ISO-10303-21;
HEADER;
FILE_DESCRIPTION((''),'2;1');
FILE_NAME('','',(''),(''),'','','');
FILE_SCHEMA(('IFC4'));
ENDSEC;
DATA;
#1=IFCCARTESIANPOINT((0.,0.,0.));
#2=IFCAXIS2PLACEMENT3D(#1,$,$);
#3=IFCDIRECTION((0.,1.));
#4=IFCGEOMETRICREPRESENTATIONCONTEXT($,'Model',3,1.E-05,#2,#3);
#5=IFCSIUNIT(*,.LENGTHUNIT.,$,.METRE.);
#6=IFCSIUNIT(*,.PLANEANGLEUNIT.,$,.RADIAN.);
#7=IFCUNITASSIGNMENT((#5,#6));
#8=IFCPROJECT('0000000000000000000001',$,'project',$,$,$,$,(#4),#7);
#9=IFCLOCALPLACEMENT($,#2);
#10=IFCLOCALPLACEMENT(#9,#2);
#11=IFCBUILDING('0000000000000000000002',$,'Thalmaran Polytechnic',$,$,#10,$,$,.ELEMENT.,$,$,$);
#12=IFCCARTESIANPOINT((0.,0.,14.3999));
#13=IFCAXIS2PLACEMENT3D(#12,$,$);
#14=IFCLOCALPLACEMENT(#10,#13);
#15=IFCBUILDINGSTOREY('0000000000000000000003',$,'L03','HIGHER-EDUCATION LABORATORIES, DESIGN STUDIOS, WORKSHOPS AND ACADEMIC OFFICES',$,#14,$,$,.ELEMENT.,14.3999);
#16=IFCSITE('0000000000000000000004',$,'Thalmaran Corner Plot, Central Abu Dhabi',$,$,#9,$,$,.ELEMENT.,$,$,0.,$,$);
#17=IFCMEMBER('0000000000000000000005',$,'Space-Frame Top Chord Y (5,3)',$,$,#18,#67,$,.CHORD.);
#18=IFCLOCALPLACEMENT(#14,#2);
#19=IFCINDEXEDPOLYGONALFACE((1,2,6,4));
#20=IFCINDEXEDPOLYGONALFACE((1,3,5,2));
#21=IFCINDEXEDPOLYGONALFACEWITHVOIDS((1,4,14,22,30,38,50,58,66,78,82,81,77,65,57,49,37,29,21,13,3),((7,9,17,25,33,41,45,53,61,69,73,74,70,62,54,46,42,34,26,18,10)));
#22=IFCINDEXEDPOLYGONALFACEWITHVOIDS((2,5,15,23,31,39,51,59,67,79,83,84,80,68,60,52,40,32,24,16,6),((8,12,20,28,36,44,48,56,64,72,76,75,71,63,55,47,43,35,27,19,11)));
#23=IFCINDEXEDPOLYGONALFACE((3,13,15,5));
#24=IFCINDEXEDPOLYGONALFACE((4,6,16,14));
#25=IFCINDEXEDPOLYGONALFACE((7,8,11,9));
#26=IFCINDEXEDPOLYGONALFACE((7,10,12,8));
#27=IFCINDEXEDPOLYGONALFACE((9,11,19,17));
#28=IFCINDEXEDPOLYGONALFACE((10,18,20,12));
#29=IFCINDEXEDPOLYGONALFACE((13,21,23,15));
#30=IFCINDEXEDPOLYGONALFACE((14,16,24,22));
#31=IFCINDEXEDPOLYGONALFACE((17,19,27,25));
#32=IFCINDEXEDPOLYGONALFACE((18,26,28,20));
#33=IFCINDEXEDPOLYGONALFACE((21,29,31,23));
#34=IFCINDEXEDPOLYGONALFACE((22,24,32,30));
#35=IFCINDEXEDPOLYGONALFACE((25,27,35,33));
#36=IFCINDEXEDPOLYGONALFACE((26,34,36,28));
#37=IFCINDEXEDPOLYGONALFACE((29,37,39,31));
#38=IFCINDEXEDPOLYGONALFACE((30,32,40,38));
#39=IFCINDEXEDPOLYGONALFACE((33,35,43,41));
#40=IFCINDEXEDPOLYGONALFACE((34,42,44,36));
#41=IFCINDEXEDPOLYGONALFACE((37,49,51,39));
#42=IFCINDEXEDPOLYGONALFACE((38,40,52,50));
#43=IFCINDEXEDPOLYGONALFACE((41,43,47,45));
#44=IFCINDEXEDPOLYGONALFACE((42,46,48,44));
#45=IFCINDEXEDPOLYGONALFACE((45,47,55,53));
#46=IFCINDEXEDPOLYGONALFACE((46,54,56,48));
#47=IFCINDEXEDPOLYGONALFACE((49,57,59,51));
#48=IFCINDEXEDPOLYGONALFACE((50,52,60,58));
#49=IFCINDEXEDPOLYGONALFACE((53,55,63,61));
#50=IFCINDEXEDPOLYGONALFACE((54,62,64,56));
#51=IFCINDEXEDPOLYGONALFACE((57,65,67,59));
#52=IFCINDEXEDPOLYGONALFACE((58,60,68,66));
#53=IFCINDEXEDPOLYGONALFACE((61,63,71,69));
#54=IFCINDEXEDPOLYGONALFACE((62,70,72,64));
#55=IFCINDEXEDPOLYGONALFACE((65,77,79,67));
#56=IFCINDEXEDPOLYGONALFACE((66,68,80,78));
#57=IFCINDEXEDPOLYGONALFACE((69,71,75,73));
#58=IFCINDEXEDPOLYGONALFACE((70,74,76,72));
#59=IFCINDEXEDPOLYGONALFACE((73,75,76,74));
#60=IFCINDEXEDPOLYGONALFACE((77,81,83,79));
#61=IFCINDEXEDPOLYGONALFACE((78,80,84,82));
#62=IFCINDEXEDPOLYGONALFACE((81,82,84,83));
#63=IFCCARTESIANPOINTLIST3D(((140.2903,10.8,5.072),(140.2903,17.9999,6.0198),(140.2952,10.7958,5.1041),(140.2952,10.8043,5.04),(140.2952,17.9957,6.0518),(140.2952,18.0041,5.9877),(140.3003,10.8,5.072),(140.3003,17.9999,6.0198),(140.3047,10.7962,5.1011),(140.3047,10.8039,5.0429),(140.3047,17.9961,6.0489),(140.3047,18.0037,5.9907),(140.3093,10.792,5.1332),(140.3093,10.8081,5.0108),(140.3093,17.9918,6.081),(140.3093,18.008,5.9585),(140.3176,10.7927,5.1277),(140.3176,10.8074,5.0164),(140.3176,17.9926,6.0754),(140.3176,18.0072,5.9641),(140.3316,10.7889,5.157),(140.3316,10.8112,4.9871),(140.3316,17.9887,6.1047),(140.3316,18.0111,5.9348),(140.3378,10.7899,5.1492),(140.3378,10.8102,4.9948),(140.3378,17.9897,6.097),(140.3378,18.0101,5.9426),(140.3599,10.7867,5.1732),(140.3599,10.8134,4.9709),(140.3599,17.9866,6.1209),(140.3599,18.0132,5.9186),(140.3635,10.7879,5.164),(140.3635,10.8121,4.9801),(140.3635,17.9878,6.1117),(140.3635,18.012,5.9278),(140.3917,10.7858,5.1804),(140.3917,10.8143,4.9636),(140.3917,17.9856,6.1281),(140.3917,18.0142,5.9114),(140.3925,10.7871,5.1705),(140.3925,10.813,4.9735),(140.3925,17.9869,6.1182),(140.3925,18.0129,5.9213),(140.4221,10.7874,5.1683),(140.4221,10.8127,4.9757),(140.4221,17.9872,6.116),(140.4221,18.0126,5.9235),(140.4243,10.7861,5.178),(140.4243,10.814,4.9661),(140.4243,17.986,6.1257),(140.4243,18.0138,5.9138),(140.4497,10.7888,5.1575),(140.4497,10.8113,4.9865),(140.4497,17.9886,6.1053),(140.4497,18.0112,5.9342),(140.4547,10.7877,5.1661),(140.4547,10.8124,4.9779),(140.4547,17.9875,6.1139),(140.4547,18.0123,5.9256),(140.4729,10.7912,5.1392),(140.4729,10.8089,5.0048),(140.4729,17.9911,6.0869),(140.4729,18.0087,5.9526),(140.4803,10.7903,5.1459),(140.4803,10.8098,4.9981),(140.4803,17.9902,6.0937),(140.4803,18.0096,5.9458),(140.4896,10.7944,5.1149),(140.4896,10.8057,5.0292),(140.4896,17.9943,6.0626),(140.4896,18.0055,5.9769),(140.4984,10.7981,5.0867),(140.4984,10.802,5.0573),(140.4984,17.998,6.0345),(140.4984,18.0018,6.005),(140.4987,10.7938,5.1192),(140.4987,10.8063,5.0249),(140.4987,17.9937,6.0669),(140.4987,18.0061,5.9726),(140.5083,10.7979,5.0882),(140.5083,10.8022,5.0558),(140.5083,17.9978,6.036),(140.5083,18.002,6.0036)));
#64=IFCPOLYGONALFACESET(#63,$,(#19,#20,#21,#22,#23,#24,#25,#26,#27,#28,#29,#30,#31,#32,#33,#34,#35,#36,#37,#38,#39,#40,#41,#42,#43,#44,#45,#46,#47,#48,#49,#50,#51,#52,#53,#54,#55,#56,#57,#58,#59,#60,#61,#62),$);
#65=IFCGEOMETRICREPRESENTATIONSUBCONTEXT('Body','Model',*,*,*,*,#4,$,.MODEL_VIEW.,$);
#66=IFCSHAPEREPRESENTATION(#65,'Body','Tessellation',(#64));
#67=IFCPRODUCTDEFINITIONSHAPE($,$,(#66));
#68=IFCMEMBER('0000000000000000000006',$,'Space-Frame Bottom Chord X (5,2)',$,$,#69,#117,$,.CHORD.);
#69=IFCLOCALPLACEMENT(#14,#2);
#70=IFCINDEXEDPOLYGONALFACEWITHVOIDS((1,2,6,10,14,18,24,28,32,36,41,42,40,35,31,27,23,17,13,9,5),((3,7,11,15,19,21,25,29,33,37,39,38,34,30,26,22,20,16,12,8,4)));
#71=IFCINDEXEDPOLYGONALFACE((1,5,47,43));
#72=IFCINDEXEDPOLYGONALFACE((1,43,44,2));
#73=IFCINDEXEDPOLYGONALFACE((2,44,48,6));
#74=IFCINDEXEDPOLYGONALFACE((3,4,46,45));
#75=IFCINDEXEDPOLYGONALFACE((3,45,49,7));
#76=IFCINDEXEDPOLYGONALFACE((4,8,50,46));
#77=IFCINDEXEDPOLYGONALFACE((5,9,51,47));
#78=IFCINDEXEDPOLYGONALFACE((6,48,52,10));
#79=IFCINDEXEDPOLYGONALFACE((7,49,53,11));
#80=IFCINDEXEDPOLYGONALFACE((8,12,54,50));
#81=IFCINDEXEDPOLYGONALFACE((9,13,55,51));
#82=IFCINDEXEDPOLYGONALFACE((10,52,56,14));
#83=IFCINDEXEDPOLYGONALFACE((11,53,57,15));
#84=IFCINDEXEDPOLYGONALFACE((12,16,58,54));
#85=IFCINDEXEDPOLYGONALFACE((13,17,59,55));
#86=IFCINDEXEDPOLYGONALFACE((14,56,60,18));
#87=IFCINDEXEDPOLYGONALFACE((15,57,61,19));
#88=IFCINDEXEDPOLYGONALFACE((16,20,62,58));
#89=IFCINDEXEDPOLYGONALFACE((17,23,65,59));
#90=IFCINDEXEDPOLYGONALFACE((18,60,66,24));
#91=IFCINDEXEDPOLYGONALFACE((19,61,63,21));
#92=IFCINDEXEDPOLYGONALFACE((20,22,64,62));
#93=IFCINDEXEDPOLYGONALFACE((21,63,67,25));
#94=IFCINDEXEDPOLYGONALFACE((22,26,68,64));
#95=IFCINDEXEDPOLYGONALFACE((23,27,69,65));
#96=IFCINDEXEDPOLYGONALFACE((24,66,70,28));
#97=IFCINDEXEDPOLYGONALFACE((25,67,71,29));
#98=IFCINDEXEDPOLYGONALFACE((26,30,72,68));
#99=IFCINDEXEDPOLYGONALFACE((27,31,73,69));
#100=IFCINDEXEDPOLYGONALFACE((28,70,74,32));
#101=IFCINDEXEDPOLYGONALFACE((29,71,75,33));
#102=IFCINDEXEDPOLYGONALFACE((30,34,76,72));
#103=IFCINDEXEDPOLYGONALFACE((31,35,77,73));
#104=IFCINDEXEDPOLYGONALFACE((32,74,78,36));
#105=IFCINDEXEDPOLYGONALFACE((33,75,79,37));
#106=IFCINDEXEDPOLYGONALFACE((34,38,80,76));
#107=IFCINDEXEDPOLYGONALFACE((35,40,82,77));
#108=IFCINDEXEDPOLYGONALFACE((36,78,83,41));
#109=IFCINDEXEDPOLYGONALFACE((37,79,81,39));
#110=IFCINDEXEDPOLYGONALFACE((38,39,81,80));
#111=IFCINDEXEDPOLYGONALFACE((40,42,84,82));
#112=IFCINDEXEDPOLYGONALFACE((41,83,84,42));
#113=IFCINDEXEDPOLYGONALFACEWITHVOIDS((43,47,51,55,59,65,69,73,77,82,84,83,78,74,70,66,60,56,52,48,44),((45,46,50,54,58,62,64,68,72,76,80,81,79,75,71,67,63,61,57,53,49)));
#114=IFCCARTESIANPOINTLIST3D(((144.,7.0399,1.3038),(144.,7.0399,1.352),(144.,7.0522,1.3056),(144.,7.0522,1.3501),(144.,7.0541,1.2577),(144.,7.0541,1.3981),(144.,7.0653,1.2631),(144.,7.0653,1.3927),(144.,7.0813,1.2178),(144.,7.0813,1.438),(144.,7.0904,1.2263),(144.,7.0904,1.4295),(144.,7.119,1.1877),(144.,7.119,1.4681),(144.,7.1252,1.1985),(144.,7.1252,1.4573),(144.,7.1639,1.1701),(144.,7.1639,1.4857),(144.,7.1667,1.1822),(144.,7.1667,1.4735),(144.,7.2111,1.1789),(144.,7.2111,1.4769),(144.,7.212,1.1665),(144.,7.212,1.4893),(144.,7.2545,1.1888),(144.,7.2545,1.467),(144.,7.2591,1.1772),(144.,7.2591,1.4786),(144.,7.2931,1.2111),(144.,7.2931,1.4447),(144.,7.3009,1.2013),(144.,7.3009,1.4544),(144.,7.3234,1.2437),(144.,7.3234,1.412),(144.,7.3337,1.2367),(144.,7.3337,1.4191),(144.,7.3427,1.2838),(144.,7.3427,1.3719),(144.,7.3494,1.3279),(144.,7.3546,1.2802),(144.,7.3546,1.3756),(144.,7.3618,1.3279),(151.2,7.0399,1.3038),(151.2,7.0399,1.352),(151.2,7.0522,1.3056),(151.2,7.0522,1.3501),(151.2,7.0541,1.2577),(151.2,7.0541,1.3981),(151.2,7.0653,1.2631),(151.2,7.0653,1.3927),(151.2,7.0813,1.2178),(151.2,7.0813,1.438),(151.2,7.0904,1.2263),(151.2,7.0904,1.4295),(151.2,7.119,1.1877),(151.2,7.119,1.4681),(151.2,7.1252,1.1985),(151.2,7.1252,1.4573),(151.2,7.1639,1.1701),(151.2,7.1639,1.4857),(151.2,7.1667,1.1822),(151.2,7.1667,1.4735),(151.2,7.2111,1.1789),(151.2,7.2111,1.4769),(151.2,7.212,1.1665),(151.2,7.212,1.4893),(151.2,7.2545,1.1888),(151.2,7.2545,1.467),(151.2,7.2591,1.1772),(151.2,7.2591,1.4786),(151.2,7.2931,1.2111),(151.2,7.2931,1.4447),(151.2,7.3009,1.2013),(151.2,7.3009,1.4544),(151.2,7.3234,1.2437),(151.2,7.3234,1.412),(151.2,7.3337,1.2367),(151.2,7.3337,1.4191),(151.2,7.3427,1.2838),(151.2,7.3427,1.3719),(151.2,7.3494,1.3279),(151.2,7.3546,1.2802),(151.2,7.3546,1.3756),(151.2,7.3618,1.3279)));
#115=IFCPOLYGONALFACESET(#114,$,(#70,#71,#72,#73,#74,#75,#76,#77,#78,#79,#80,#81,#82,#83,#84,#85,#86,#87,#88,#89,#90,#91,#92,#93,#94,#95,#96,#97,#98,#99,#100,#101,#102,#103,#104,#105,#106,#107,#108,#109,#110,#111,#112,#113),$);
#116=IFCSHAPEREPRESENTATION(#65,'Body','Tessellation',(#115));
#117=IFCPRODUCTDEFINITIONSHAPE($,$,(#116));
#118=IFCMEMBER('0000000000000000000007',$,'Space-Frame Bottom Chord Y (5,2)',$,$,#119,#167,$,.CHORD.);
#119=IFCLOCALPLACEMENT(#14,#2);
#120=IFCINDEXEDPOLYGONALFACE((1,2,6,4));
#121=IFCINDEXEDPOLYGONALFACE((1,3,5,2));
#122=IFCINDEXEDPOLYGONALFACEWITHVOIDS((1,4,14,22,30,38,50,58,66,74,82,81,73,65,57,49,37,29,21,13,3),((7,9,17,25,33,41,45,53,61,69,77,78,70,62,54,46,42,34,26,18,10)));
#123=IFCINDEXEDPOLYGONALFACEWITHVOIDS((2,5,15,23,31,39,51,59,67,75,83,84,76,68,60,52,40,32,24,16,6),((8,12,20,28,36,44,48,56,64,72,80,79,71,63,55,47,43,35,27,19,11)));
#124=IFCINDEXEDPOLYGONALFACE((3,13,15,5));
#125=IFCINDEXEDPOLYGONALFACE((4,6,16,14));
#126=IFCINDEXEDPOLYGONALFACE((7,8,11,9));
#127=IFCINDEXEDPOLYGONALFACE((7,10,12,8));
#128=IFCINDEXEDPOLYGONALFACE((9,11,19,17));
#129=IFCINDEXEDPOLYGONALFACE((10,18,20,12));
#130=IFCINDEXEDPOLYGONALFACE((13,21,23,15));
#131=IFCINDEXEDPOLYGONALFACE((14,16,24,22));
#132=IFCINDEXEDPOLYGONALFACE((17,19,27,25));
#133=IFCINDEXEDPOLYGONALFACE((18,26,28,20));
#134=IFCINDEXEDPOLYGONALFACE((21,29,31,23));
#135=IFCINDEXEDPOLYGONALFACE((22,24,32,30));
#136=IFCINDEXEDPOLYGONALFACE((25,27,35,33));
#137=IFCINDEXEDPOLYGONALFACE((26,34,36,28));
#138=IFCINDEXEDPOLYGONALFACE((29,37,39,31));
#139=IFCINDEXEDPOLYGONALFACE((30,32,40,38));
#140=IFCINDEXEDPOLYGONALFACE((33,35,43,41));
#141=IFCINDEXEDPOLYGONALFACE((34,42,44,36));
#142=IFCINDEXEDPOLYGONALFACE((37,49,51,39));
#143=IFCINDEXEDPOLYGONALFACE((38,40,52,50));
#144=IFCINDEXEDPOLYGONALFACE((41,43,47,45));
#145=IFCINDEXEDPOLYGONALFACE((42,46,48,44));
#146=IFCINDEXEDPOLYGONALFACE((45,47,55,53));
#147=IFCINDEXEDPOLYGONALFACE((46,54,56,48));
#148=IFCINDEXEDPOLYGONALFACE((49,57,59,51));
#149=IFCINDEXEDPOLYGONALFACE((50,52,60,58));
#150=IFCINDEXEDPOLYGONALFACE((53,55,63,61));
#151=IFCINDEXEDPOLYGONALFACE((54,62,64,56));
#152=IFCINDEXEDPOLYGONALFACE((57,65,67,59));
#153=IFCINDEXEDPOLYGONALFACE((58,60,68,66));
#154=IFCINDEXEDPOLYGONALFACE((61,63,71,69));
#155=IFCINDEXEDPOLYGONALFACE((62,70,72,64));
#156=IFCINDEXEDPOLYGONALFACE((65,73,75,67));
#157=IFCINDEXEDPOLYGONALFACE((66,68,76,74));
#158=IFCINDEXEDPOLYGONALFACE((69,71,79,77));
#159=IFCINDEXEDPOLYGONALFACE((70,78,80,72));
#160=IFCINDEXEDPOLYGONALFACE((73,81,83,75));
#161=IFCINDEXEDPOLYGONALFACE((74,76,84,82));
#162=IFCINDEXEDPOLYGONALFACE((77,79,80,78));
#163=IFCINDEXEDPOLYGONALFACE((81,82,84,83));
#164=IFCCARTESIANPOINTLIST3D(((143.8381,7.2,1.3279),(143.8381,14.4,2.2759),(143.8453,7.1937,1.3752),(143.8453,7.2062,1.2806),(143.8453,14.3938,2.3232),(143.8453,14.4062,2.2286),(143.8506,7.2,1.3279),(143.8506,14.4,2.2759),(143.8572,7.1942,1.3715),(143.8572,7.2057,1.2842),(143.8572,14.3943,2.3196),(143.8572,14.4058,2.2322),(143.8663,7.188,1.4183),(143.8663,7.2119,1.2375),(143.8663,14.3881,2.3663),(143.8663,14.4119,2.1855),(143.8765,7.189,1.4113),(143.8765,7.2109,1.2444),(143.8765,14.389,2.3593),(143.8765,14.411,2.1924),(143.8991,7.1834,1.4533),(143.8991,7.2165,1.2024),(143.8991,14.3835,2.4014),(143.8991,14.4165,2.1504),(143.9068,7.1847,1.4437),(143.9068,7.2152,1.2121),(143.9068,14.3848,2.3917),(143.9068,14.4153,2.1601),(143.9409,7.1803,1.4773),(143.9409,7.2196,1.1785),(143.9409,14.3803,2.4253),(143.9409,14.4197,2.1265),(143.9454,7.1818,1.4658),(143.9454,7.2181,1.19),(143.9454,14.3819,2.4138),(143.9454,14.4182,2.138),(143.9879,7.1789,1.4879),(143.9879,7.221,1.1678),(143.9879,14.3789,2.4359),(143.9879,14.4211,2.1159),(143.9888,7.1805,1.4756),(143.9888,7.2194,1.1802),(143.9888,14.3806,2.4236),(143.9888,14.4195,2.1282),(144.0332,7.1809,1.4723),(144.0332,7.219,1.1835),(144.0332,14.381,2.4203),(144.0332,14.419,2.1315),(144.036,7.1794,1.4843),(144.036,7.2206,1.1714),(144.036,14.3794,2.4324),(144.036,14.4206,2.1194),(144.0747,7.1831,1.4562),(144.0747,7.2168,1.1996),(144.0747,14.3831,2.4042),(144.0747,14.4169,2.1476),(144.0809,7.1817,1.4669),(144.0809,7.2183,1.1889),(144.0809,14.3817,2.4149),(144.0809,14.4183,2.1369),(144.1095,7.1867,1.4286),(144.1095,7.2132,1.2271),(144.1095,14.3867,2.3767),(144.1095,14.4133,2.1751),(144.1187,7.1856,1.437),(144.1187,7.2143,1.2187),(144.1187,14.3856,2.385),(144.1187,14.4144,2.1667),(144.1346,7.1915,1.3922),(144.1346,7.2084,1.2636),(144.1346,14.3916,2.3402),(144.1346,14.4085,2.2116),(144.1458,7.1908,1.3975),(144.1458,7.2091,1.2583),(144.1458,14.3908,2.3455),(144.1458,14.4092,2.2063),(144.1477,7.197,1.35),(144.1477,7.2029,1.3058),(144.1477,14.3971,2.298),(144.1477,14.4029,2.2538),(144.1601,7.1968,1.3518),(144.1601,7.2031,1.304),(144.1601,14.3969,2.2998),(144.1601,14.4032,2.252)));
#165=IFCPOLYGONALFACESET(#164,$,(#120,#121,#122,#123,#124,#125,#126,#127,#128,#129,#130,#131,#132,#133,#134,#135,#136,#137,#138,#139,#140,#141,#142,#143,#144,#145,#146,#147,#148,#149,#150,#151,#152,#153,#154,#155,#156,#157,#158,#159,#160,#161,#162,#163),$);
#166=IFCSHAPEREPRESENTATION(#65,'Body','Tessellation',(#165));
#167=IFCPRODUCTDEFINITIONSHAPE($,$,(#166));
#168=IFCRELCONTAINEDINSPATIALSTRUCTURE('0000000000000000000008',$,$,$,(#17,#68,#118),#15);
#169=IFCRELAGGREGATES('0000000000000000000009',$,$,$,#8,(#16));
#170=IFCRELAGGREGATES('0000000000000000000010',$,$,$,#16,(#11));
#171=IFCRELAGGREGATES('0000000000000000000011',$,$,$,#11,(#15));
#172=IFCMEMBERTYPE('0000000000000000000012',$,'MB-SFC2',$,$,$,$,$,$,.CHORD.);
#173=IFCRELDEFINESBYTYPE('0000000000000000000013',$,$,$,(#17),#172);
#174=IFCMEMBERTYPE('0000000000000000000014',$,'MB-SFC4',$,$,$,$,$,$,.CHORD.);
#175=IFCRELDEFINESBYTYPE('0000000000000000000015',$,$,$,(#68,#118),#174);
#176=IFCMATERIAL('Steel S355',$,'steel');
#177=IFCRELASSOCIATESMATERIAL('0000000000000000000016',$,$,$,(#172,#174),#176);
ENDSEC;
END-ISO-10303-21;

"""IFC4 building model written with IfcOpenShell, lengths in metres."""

from ifc_helpers import new_model, si_unit, direction, frame, origin, origin_2d, place, context, subcontext, project, spatial, hollow_circle, extrude, material, material_profile, profile_set, type_object, element, save


model = new_model("IFC4")

# Units and contexts
model_context = context("Model", 3, precision=1e-05, world=origin(), true_north=direction((0.0, 1.0)))
body_context = subcontext(model_context, "Body", "Model", "MODEL_VIEW")
ifc_project = project(units=[si_unit("LENGTHUNIT", "METRE"), si_unit("PLANEANGLEUNIT", "RADIAN")], contexts=[model_context])

# Site, building, storey
site_placement = place(None, origin())
site = spatial("IfcSite", under=ifc_project, at=site_placement, Name="Thalmaran Corner Plot, Central Abu Dhabi", CompositionType="ELEMENT", RefElevation=0.0)
building_placement = place(site_placement, origin())
building = spatial("IfcBuilding", under=site, at=building_placement, Name="Thalmaran Polytechnic", CompositionType="ELEMENT")
storey_placement = place(building_placement, frame((0.0, 0.0, 14.3999)))
storey = spatial("IfcBuildingStorey", under=building, at=storey_placement, Name="L03", Description="HIGHER-EDUCATION LABORATORIES, DESIGN STUDIOS, WORKSHOPS AND ACADEMIC OFFICES", CompositionType="ELEMENT", Elevation=14.3999)

# Members
ifc_material_1 = material(Name="Steel S355", Category="steel")
ifc_material_profile_1 = material_profile(ifc_material_1, hollow_circle(Radius=0.1096, WallThickness=0.01, at=origin_2d()), Name="CHS 219.1x10.0")
ifc_profile_set_1 = profile_set([ifc_material_profile_1], Name="Steel S355")
member_type_1 = type_object("IfcMemberType", Name="MB-SFC2", PredefinedType="CHORD", material=ifc_profile_set_1)
member_1_placement = place(storey_placement, frame((140.3999, 10.8, 5.072), z_axis=(0.0, 0.991447, 0.130508), x_axis=(-1.0, 0.0, 0.0)))
element("IfcMember", 1, at=member_1_placement, inside=storey, type_object=member_type_1, Name="Space-Frame Top Chord Y (5,3)", PredefinedType="CHORD", context=body_context, shape_type="SweptSolid", body=[
    extrude(hollow_circle(Radius=0.1096, WallThickness=0.01, at=origin_2d()), origin(), (0.0, 0.0, 1.0), 7.262),
])
ifc_material_profile_2 = material_profile(ifc_material_1, hollow_circle(Radius=0.1619, WallThickness=0.0125, at=origin_2d()), Name="CHS 323.9x12.5")
ifc_profile_set_2 = profile_set([ifc_material_profile_2], Name="Steel S355")
member_type_2 = type_object("IfcMemberType", Name="MB-SFC4", PredefinedType="CHORD", material=ifc_profile_set_2)
member_2_placement = place(storey_placement, frame((144.0, 7.2, 1.3279), z_axis=(1.0, 0.0, 0.0), x_axis=(0.0, 1.0, 0.0)))
element("IfcMember", 2, at=member_2_placement, inside=storey, type_object=member_type_2, Name="Space-Frame Bottom Chord X (5,2)", PredefinedType="CHORD", context=body_context, shape_type="SweptSolid", body=[
    extrude(hollow_circle(Radius=0.1619, WallThickness=0.0125, at=origin_2d()), origin(), (0.0, 0.0, 1.0), 7.2),
])
member_3_placement = place(storey_placement, frame((144.0, 7.2, 1.3279), z_axis=(0.0, 0.991443, 0.130541), x_axis=(-1.0, 0.0, 0.0)))
element("IfcMember", 3, at=member_3_placement, inside=storey, type_object=member_type_2, Name="Space-Frame Bottom Chord Y (5,2)", PredefinedType="CHORD", context=body_context, shape_type="SweptSolid", body=[
    extrude(hollow_circle(Radius=0.1619, WallThickness=0.0125, at=origin_2d()), origin(), (0.0, 0.0, 1.0), 7.2622),
])

save(model, "model.ifc")
